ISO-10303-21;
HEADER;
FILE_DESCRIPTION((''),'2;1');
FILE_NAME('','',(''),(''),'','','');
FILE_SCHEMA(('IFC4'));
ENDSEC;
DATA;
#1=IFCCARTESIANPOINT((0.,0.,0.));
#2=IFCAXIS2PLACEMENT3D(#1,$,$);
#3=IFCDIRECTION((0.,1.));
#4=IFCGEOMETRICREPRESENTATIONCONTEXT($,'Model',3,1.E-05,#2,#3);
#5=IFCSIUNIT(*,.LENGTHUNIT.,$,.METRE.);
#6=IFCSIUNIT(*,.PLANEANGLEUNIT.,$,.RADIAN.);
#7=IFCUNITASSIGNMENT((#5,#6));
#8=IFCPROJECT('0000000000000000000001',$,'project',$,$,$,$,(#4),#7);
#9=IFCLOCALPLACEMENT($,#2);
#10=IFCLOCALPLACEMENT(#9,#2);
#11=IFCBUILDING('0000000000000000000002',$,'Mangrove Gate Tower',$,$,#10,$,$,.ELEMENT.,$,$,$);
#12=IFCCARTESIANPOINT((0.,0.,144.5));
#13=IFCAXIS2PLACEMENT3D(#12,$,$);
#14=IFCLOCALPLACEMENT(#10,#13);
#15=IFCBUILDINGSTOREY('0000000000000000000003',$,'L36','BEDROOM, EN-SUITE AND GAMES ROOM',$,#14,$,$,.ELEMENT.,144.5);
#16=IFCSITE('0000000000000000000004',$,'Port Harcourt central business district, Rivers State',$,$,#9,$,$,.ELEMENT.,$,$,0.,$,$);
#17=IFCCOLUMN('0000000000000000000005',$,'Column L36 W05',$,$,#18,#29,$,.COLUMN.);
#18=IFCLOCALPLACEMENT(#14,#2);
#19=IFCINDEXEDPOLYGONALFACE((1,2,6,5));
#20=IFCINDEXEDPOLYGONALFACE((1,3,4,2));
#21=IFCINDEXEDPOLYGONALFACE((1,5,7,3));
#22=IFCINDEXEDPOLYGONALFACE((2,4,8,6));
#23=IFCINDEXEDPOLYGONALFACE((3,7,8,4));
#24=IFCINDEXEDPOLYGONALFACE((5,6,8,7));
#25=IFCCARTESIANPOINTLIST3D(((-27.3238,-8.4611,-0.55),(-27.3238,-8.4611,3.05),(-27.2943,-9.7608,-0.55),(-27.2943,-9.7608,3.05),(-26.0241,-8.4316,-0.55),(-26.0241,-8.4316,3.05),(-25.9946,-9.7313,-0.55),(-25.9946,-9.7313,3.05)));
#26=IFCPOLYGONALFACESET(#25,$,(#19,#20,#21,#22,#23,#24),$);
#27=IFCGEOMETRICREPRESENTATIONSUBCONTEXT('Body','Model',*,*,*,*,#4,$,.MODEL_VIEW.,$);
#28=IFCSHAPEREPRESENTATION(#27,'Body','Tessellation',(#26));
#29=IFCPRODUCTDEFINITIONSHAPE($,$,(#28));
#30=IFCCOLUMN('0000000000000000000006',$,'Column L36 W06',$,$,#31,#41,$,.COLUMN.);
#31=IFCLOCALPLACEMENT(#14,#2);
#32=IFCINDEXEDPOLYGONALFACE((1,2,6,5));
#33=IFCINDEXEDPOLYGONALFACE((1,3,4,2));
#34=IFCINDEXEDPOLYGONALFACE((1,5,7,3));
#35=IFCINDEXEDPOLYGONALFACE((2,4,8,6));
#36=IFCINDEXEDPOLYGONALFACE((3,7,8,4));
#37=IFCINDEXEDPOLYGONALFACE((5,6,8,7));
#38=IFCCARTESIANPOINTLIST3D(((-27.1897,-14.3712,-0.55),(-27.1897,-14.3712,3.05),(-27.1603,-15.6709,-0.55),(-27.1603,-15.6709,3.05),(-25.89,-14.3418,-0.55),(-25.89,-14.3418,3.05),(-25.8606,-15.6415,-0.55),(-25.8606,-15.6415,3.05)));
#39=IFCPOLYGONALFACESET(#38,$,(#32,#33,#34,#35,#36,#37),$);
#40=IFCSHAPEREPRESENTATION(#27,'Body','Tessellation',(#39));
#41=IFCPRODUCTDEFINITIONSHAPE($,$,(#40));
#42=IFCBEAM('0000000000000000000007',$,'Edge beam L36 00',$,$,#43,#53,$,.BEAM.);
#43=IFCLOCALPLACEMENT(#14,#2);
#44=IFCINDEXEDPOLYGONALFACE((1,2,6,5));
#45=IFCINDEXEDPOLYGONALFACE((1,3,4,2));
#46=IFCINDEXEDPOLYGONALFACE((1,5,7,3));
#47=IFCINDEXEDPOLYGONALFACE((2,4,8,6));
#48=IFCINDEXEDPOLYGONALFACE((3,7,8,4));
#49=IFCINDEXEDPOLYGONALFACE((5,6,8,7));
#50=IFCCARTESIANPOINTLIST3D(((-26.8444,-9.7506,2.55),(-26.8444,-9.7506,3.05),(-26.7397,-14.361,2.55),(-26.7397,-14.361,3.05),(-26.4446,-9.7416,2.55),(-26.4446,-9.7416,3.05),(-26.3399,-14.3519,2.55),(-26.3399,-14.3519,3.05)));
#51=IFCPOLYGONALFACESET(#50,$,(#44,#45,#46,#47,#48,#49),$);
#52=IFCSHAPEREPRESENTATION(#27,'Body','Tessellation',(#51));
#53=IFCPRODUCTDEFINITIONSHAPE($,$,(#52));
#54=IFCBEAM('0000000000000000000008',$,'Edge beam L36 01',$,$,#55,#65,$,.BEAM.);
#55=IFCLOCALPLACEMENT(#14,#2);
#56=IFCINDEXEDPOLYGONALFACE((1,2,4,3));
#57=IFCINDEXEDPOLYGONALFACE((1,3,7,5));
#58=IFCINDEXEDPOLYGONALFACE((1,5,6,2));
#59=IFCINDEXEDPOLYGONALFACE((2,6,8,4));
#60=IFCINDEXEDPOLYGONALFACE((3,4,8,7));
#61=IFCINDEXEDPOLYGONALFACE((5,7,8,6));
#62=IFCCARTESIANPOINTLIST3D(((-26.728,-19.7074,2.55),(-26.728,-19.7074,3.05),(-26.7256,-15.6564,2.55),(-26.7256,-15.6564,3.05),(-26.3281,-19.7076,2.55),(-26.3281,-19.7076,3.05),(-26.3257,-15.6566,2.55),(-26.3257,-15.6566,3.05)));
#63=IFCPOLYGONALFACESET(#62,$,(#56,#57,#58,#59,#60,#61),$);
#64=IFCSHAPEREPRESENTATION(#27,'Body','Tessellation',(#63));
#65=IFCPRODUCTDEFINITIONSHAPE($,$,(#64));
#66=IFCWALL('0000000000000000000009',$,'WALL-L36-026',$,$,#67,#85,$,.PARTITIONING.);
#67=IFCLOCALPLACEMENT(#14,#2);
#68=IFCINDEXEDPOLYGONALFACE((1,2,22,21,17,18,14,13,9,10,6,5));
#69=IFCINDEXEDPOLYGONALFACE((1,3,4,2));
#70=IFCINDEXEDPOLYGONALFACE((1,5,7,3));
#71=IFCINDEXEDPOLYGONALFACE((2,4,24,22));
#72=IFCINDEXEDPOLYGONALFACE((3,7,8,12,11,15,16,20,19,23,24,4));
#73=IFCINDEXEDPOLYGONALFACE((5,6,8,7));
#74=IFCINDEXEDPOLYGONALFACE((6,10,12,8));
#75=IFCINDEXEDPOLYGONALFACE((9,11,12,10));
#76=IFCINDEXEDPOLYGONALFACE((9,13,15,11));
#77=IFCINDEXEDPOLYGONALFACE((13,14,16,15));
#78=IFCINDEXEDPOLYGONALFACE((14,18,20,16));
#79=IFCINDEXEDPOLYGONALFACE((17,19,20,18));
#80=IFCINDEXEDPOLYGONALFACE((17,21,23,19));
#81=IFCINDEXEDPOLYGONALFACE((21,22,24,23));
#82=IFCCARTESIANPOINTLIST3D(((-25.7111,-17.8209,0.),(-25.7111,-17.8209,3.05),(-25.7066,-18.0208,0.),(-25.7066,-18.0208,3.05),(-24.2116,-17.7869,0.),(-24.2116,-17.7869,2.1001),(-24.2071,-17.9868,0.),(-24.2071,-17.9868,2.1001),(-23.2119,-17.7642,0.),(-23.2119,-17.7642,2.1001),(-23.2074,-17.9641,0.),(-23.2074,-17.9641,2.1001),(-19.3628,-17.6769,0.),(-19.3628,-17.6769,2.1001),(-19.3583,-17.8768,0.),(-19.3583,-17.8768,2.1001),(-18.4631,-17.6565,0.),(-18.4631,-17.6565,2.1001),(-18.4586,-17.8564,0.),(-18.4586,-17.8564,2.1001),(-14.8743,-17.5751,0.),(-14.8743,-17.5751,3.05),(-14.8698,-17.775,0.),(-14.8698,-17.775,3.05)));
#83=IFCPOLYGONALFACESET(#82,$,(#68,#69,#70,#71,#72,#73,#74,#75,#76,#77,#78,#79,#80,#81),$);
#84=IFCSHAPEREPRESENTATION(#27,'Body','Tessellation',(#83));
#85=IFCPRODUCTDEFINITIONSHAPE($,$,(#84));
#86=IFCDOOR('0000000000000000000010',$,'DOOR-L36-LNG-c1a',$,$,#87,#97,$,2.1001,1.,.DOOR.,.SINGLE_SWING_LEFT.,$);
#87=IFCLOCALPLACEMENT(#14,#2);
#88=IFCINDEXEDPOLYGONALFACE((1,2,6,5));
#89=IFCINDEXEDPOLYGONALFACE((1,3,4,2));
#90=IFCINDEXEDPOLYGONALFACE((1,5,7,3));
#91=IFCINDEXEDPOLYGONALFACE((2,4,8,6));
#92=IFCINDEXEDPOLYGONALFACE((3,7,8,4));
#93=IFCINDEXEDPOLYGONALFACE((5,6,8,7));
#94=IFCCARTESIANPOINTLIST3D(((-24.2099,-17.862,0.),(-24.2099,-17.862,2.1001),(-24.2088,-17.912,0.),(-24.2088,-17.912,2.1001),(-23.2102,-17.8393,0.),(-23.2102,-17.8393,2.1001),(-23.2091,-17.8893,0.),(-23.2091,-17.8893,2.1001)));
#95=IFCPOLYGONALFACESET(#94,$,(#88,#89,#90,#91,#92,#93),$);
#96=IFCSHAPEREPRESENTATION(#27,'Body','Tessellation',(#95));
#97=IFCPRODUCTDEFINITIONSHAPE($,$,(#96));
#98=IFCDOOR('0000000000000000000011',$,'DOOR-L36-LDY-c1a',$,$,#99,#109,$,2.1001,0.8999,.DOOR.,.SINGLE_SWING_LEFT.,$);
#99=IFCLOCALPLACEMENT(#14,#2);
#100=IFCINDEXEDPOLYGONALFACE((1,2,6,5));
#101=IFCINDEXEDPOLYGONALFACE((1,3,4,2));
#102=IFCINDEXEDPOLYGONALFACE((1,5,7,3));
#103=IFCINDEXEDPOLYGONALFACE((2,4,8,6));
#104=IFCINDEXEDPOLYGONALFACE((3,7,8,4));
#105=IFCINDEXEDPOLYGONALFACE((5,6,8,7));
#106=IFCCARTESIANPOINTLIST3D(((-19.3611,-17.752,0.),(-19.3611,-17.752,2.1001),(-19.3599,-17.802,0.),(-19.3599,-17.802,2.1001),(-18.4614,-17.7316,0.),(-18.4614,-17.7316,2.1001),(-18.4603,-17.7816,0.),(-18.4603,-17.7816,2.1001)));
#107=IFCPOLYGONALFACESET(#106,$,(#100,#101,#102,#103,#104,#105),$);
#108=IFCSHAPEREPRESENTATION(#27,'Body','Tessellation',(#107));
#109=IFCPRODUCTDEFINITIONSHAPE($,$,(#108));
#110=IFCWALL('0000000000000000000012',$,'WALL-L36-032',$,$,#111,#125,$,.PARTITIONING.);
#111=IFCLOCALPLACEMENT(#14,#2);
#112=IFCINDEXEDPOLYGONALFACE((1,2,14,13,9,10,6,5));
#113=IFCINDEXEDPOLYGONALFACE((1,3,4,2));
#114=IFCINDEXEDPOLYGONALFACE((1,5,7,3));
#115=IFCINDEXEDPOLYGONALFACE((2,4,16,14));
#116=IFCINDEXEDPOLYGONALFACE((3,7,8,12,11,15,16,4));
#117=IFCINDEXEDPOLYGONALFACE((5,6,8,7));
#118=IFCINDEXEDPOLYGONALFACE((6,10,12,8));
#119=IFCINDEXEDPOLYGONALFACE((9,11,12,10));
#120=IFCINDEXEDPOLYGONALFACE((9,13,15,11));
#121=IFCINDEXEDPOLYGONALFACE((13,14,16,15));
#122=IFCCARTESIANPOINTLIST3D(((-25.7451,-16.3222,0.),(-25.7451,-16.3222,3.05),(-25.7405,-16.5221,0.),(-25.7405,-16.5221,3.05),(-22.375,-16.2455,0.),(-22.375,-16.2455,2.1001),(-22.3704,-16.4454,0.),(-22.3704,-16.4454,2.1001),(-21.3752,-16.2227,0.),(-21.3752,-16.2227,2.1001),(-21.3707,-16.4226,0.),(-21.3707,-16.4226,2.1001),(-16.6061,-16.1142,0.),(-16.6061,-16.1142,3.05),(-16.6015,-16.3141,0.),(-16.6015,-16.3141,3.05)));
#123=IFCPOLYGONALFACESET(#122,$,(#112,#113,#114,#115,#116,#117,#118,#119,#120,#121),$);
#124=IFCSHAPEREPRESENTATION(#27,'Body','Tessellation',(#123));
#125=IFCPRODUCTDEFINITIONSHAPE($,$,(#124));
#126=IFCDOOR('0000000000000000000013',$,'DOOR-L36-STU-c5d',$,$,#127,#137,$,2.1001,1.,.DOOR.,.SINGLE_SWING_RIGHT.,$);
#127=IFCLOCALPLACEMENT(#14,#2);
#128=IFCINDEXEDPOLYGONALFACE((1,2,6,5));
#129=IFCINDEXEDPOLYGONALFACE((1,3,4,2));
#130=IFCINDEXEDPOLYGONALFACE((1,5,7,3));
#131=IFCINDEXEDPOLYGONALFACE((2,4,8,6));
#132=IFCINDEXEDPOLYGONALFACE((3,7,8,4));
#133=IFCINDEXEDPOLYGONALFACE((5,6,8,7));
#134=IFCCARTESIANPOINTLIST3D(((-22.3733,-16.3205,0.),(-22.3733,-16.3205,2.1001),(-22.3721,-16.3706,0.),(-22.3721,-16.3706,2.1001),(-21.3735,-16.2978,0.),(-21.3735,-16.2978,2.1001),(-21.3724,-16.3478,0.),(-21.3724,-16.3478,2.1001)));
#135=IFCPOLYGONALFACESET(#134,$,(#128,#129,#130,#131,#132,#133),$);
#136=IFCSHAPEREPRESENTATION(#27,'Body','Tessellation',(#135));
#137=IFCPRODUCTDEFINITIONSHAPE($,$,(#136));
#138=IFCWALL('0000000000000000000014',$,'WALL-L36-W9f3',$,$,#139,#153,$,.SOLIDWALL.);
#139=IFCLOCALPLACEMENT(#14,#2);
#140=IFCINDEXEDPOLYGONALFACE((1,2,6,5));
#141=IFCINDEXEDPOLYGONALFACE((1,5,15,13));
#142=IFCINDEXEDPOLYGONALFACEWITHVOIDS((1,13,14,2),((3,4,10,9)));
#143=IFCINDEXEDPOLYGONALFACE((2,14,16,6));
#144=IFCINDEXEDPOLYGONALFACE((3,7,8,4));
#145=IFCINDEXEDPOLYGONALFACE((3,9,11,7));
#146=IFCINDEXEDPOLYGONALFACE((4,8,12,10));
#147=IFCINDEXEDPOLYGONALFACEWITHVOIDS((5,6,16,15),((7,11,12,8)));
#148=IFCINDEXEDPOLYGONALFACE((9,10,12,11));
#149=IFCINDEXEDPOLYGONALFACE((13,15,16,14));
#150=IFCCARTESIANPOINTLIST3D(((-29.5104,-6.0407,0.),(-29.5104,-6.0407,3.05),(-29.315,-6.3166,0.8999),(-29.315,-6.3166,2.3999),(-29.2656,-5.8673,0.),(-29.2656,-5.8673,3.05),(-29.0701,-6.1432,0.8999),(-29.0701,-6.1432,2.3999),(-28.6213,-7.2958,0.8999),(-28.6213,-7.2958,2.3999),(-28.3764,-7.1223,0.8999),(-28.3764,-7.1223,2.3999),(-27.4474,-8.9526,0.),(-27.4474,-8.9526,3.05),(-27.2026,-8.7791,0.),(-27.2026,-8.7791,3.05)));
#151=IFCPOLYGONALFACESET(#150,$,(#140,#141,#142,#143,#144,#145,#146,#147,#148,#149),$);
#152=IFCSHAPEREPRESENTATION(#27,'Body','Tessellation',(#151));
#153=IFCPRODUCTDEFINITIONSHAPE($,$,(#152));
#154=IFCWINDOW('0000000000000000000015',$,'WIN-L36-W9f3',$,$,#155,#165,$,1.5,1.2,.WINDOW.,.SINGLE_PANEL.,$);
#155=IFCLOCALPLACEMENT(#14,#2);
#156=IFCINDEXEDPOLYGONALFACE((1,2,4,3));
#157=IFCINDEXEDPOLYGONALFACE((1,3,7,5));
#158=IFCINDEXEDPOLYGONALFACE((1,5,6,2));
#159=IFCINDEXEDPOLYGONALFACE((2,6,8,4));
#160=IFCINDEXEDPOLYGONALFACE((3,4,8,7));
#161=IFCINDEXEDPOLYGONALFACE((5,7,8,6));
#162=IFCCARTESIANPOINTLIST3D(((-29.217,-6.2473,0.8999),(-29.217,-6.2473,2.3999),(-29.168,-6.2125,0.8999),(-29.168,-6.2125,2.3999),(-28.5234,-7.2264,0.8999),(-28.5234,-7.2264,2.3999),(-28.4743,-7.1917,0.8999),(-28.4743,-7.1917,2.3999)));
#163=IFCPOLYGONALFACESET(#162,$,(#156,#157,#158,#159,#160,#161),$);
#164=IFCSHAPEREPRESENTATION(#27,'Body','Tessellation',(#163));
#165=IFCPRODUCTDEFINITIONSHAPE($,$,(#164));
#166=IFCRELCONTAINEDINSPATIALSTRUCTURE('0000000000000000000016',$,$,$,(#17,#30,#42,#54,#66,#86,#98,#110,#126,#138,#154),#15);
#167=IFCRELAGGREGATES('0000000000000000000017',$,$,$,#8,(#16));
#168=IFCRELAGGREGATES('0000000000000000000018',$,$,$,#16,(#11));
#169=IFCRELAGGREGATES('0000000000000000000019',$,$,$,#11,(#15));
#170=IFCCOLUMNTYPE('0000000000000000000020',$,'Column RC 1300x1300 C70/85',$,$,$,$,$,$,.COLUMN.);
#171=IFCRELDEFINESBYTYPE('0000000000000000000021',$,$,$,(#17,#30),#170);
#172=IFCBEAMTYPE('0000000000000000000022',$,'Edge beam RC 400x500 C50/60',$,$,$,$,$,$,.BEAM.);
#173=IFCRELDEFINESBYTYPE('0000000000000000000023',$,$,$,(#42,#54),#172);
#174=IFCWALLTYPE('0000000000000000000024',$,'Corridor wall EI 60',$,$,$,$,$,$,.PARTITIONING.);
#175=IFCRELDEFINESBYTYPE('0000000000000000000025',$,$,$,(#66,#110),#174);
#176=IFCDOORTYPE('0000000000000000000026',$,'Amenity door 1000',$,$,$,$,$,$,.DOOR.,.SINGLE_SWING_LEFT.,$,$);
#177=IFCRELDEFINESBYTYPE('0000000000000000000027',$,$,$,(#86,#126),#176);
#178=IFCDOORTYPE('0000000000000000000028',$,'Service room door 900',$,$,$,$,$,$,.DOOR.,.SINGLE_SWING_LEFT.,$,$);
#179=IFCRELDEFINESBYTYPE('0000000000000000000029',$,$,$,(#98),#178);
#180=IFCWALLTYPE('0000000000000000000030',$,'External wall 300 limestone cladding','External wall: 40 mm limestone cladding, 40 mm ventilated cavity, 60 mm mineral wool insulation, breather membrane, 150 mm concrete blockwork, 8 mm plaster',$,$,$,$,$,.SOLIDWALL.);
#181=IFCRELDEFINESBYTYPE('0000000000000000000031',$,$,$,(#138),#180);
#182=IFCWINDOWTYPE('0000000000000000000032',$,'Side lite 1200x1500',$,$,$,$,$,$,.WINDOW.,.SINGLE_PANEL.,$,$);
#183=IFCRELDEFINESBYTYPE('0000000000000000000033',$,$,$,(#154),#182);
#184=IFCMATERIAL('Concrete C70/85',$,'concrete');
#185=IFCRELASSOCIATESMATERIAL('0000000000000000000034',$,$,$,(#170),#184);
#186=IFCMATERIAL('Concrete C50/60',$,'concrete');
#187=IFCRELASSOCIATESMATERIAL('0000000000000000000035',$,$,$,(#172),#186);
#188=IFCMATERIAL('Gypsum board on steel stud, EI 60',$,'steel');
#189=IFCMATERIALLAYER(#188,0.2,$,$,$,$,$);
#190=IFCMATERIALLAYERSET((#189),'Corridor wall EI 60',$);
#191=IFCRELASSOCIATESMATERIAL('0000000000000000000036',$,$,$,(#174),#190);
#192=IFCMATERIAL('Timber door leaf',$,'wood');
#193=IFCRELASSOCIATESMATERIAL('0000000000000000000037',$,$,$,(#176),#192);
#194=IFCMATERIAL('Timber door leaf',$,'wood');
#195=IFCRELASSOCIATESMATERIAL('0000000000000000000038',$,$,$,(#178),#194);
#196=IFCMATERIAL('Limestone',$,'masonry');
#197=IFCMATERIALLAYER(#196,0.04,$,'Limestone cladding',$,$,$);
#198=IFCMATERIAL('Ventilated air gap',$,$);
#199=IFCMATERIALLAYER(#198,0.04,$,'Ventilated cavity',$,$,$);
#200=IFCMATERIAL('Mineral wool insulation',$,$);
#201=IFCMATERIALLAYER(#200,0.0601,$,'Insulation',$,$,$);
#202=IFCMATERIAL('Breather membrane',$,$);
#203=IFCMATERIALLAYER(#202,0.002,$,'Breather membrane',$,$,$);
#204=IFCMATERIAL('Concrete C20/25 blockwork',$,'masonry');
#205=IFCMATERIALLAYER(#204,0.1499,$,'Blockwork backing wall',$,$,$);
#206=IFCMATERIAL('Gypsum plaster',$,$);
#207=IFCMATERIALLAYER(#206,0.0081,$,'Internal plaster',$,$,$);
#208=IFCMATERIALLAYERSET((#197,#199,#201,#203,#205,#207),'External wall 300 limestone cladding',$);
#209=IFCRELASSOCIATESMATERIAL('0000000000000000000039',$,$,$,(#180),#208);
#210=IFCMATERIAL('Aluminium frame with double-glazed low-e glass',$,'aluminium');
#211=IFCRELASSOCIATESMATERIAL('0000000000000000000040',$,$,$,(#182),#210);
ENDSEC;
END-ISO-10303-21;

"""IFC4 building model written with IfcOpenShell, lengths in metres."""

from ifc_helpers import new_model, si_unit, direction, frame, frame_2d, origin, origin_2d, place, context, subcontext, project, spatial, rectangle, extrude, material, layer, layer_set, material_profile, profile_set, type_object, element, fill, save


model = new_model("IFC4")

# Units and contexts
model_context = context("Model", 3, precision=1e-05, world=origin(), true_north=direction((0.0, 1.0)))
body_context = subcontext(model_context, "Body", "Model", "MODEL_VIEW")
ifc_project = project(units=[si_unit("LENGTHUNIT", "METRE"), si_unit("PLANEANGLEUNIT", "RADIAN")], contexts=[model_context])

# Site, building, storey
site_placement = place(None, origin())
site = spatial("IfcSite", under=ifc_project, at=site_placement, Name="Port Harcourt central business district, Rivers State", CompositionType="ELEMENT", RefElevation=0.0)
building_placement = place(site_placement, origin())
building = spatial("IfcBuilding", under=site, at=building_placement, Name="Mangrove Gate Tower", CompositionType="ELEMENT")
storey_placement = place(building_placement, frame((0.0, 0.0, 144.5)))
storey = spatial("IfcBuildingStorey", under=building, at=storey_placement, Name="L36", Description="BEDROOM, EN-SUITE AND GAMES ROOM", CompositionType="ELEMENT", Elevation=144.5)

# Columns
ifc_material_1 = material(Name="Concrete C70/85", Category="concrete")
ifc_material_profile_1 = material_profile(ifc_material_1, rectangle(XDim=1.3, YDim=1.3, at=origin_2d()))
ifc_profile_set_1 = profile_set([ifc_material_profile_1], Name="Concrete C70/85")
column_type = type_object("IfcColumnType", Name="Column RC 1300x1300 C70/85", PredefinedType="COLUMN", material=ifc_profile_set_1)
for number, where, z_axis, x_axis, name in (
    (1, (-26.6592, -9.0962, -0.55), (0.0, 0.0, 1.0), (0.022682, -0.999743, 0.0), "Column L36 W05"),
    (2, (-26.5251, -15.0063, -0.55), (0.0, 0.0, 1.0), (0.022666, -0.999743, 0.0), "Column L36 W06"),
):
    element("IfcColumn", number, at=place(storey_placement, frame(where, z_axis=z_axis, x_axis=x_axis)), inside=storey, type_object=column_type, Name=name, PredefinedType="COLUMN", context=body_context, shape_type="SweptSolid", body=[
        extrude(rectangle(XDim=1.3, YDim=1.3, at=origin_2d()), origin(), (0.0, 0.0, 1.0), 3.6001),
    ])

# Beams
ifc_material_2 = material(Name="Concrete C50/60", Category="concrete")
ifc_material_profile_2 = material_profile(ifc_material_2, rectangle(XDim=0.3999, YDim=0.5, at=origin_2d()))
ifc_profile_set_2 = profile_set([ifc_material_profile_2], Name="Concrete C50/60")
beam_type = type_object("IfcBeamType", Name="Edge beam RC 400x500 C50/60", PredefinedType="BEAM", material=ifc_profile_set_2)
beam_1_placement = place(storey_placement, frame((-26.6445, -9.7461, 2.8), z_axis=(0.022712, -0.999742, 0.0), x_axis=(0.999742, 0.022712, 0.0)))
element("IfcBeam", 3, at=beam_1_placement, inside=storey, type_object=beam_type, Name="Edge beam L36 00", PredefinedType="BEAM", context=body_context, shape_type="SweptSolid", body=[
    extrude(rectangle(XDim=0.3999, YDim=0.5, at=origin_2d()), origin(), (0.0, 0.0, 1.0), 4.6116),
])
beam_2_placement = place(storey_placement, frame((-26.5256, -15.6565, 2.8), z_axis=(-0.000603, -1.0, 0.0), x_axis=(1.0, -0.000603, 0.0)))
element("IfcBeam", 4, at=beam_2_placement, inside=storey, type_object=beam_type, Name="Edge beam L36 01", PredefinedType="BEAM", context=body_context, shape_type="SweptSolid", body=[
    extrude(rectangle(XDim=0.3999, YDim=0.5, at=origin_2d()), origin(), (0.0, 0.0, 1.0), 4.051),
])

# Wall, openings, doors
ifc_material_3 = material(Name="Gypsum board on steel stud, EI 60", Category="steel")
ifc_layer_1 = layer(ifc_material_3, 0.2)
ifc_layer_set_1 = layer_set([ifc_layer_1], Name="Corridor wall EI 60")
wall_type_1 = type_object("IfcWallType", Name="Corridor wall EI 60", PredefinedType="PARTITIONING", material=ifc_layer_set_1)
wall_1_placement = place(storey_placement, frame((-25.709, -17.9209, 0.0), z_axis=(0.0, 0.0, 1.0), x_axis=(0.999743, 0.02268, 0.0)))
wall_1 = element("IfcWall", 5, at=wall_1_placement, inside=storey, type_object=wall_type_1, Name="WALL-L36-026", PredefinedType="PARTITIONING", context=body_context, shape_type="SweptSolid", body=[
    extrude(rectangle(XDim=10.8396, YDim=0.2, at=frame_2d((5.4199, 0.0))), origin(), (0.0, 0.0, 1.0), 3.05),
])
opening_1_placement = place(wall_1_placement, frame((1.5, 0.0, 0.0)))
opening_1 = element("IfcOpeningElement", 6, at=opening_1_placement, cuts=wall_1, PredefinedType="OPENING", context=body_context, shape_type="SweptSolid", body=[
    extrude(rectangle(XDim=1.0, YDim=2.1001, at=frame_2d((0.5, 1.05))), frame((0.0, 0.1099, 0.0), z_axis=(0.0, -1.0, 0.0), x_axis=(1.0, 0.0, 0.0)), (0.0, 0.0, 1.0), 0.22),
])
opening_2_placement = place(wall_1_placement, frame((6.3501, 0.0, 0.0)))
opening_2 = element("IfcOpeningElement", 7, at=opening_2_placement, cuts=wall_1, PredefinedType="OPENING", context=body_context, shape_type="SweptSolid", body=[
    extrude(rectangle(XDim=0.8999, YDim=2.1001, at=frame_2d((0.45, 1.05))), frame((0.0, 0.1099, 0.0), z_axis=(0.0, -1.0, 0.0), x_axis=(1.0, 0.0, 0.0)), (0.0, 0.0, 1.0), 0.22),
])
ifc_material_4 = material(Name="Timber door leaf", Category="wood")
door_type_1 = type_object("IfcDoorType", Name="Amenity door 1000", OperationType="SINGLE_SWING_LEFT", PredefinedType="DOOR", material=ifc_material_4)
door_1_placement = place(opening_1_placement, origin())
door_1 = element("IfcDoor", 8, at=door_1_placement, inside=storey, type_object=door_type_1, Name="DOOR-L36-LNG-c1a", OperationType="SINGLE_SWING_LEFT", OverallHeight=2.1001, OverallWidth=1.0, PredefinedType="DOOR", context=body_context, shape_type="SweptSolid", body=[
    extrude(rectangle(XDim=1.0, YDim=2.1001, at=frame_2d((0.5, 1.05))), frame((0.0, 0.0249, 0.0), z_axis=(0.0, -1.0, 0.0), x_axis=(1.0, 0.0, 0.0)), (0.0, 0.0, 1.0), 0.05),
])
fill(opening_1, door_1)
ifc_material_5 = material(Name="Timber door leaf", Category="wood")
door_type_2 = type_object("IfcDoorType", Name="Service room door 900", OperationType="SINGLE_SWING_LEFT", PredefinedType="DOOR", material=ifc_material_5)
door_2_placement = place(opening_2_placement, origin())
door_2 = element("IfcDoor", 9, at=door_2_placement, inside=storey, type_object=door_type_2, Name="DOOR-L36-LDY-c1a", OperationType="SINGLE_SWING_LEFT", OverallHeight=2.1001, OverallWidth=0.8999, PredefinedType="DOOR", context=body_context, shape_type="SweptSolid", body=[
    extrude(rectangle(XDim=0.8999, YDim=2.1001, at=frame_2d((0.45, 1.05))), frame((0.0, 0.0249, 0.0), z_axis=(0.0, -1.0, 0.0), x_axis=(1.0, 0.0, 0.0)), (0.0, 0.0, 1.0), 0.05),
])
fill(opening_2, door_2)

# Wall, opening, door
wall_2_placement = place(storey_placement, frame((-25.7429, -16.4221, 0.0), z_axis=(0.0, 0.0, 1.0), x_axis=(0.999741, 0.022755, 0.0)))
wall_2 = element("IfcWall", 10, at=wall_2_placement, inside=storey, type_object=wall_type_1, Name="WALL-L36-032", PredefinedType="PARTITIONING", context=body_context, shape_type="SweptSolid", body=[
    extrude(rectangle(XDim=9.1414, YDim=0.2, at=frame_2d((4.5708, 0.0))), origin(), (0.0, 0.0, 1.0), 3.05),
])
opening_3_placement = place(wall_2_placement, frame((3.3711, 0.0, 0.0)))
opening_3 = element("IfcOpeningElement", 11, at=opening_3_placement, cuts=wall_2, PredefinedType="OPENING", context=body_context, shape_type="SweptSolid", body=[
    extrude(rectangle(XDim=1.0, YDim=2.1001, at=frame_2d((0.5, 1.05))), frame((0.0, 0.1099, 0.0), z_axis=(0.0, -1.0, 0.0), x_axis=(1.0, 0.0, 0.0)), (0.0, 0.0, 1.0), 0.22),
])
door_3_placement = place(opening_3_placement, origin())
door_3 = element("IfcDoor", 12, at=door_3_placement, inside=storey, type_object=door_type_1, Name="DOOR-L36-STU-c5d", OperationType="SINGLE_SWING_RIGHT", OverallHeight=2.1001, OverallWidth=1.0, PredefinedType="DOOR", context=body_context, shape_type="SweptSolid", body=[
    extrude(rectangle(XDim=1.0, YDim=2.1001, at=frame_2d((0.5, 1.05))), frame((0.0, 0.0249, 0.0), z_axis=(0.0, -1.0, 0.0), x_axis=(1.0, 0.0, 0.0)), (0.0, 0.0, 1.0), 0.05),
])
fill(opening_3, door_3)

# Wall, opening, window
ifc_material_6 = material(Name="Limestone", Category="masonry")
ifc_layer_2 = layer(ifc_material_6, 0.04, Name="Limestone cladding")
ifc_material_7 = material(Name="Ventilated air gap")
ifc_layer_3 = layer(ifc_material_7, 0.04, Name="Ventilated cavity")
ifc_material_8 = material(Name="Mineral wool insulation")
ifc_layer_4 = layer(ifc_material_8, 0.0601, Name="Insulation")
ifc_material_9 = material(Name="Breather membrane")
ifc_layer_5 = layer(ifc_material_9, 0.002, Name="Breather membrane")
ifc_material_10 = material(Name="Concrete C20/25 blockwork", Category="masonry")
ifc_layer_6 = layer(ifc_material_10, 0.1499, Name="Blockwork backing wall")
ifc_material_11 = material(Name="Gypsum plaster")
ifc_layer_7 = layer(ifc_material_11, 0.0081, Name="Internal plaster")
ifc_layer_set_2 = layer_set([ifc_layer_2, ifc_layer_3, ifc_layer_4, ifc_layer_5, ifc_layer_6, ifc_layer_7], Name="External wall 300 limestone cladding")
wall_type_2 = type_object("IfcWallType", Name="External wall 300 limestone cladding", Description="External wall: 40 mm limestone cladding, 40 mm ventilated cavity, 60 mm mineral wool insulation, breather membrane, 150 mm concrete blockwork, 8 mm plaster", PredefinedType="SOLIDWALL", material=ifc_layer_set_2)
wall_3_placement = place(storey_placement, frame((-29.3879, -5.9541, 0.0), z_axis=(0.0, 0.0, 1.0), x_axis=(0.578095, -0.815969, 0.0)))
wall_3 = element("IfcWall", 13, at=wall_3_placement, inside=storey, type_object=wall_type_2, Name="WALL-L36-W9f3", PredefinedType="SOLIDWALL", context=body_context, shape_type="SweptSolid", body=[
    extrude(rectangle(XDim=3.5686, YDim=0.3, at=frame_2d((1.7842, 0.0))), origin(), (0.0, 0.0, 1.0), 3.05),
])
opening_4_placement = place(wall_3_placement, frame((0.3379, 0.0, 0.8999)))
opening_4 = element("IfcOpeningElement", 14, at=opening_4_placement, cuts=wall_3, PredefinedType="OPENING", context=body_context, shape_type="SweptSolid", body=[
    extrude(rectangle(XDim=1.2, YDim=1.5, at=frame_2d((0.6001, 0.75))), frame((0.0, 0.1599, 0.0), z_axis=(0.0, -1.0, 0.0), x_axis=(1.0, 0.0, 0.0)), (0.0, 0.0, 1.0), 0.3201),
])
ifc_material_12 = material(Name="Aluminium frame with double-glazed low-e glass", Category="aluminium")
window_type_1 = type_object("IfcWindowType", Name="Side lite 1200x1500", PartitioningType="SINGLE_PANEL", PredefinedType="WINDOW", material=ifc_material_12)
window_1_placement = place(opening_4_placement, origin())
window_1 = element("IfcWindow", 15, at=window_1_placement, inside=storey, type_object=window_type_1, Name="WIN-L36-W9f3", OverallHeight=1.5, OverallWidth=1.2, PartitioningType="SINGLE_PANEL", PredefinedType="WINDOW", context=body_context, shape_type="SweptSolid", body=[
    extrude(rectangle(XDim=1.2, YDim=1.5, at=frame_2d((0.6001, 0.75))), frame((0.0, 0.03, 0.0), z_axis=(0.0, -1.0, 0.0), x_axis=(1.0, 0.0, 0.0)), (0.0, 0.0, 1.0), 0.0601),
])
fill(opening_4, window_1)

save(model, "model.ifc")
